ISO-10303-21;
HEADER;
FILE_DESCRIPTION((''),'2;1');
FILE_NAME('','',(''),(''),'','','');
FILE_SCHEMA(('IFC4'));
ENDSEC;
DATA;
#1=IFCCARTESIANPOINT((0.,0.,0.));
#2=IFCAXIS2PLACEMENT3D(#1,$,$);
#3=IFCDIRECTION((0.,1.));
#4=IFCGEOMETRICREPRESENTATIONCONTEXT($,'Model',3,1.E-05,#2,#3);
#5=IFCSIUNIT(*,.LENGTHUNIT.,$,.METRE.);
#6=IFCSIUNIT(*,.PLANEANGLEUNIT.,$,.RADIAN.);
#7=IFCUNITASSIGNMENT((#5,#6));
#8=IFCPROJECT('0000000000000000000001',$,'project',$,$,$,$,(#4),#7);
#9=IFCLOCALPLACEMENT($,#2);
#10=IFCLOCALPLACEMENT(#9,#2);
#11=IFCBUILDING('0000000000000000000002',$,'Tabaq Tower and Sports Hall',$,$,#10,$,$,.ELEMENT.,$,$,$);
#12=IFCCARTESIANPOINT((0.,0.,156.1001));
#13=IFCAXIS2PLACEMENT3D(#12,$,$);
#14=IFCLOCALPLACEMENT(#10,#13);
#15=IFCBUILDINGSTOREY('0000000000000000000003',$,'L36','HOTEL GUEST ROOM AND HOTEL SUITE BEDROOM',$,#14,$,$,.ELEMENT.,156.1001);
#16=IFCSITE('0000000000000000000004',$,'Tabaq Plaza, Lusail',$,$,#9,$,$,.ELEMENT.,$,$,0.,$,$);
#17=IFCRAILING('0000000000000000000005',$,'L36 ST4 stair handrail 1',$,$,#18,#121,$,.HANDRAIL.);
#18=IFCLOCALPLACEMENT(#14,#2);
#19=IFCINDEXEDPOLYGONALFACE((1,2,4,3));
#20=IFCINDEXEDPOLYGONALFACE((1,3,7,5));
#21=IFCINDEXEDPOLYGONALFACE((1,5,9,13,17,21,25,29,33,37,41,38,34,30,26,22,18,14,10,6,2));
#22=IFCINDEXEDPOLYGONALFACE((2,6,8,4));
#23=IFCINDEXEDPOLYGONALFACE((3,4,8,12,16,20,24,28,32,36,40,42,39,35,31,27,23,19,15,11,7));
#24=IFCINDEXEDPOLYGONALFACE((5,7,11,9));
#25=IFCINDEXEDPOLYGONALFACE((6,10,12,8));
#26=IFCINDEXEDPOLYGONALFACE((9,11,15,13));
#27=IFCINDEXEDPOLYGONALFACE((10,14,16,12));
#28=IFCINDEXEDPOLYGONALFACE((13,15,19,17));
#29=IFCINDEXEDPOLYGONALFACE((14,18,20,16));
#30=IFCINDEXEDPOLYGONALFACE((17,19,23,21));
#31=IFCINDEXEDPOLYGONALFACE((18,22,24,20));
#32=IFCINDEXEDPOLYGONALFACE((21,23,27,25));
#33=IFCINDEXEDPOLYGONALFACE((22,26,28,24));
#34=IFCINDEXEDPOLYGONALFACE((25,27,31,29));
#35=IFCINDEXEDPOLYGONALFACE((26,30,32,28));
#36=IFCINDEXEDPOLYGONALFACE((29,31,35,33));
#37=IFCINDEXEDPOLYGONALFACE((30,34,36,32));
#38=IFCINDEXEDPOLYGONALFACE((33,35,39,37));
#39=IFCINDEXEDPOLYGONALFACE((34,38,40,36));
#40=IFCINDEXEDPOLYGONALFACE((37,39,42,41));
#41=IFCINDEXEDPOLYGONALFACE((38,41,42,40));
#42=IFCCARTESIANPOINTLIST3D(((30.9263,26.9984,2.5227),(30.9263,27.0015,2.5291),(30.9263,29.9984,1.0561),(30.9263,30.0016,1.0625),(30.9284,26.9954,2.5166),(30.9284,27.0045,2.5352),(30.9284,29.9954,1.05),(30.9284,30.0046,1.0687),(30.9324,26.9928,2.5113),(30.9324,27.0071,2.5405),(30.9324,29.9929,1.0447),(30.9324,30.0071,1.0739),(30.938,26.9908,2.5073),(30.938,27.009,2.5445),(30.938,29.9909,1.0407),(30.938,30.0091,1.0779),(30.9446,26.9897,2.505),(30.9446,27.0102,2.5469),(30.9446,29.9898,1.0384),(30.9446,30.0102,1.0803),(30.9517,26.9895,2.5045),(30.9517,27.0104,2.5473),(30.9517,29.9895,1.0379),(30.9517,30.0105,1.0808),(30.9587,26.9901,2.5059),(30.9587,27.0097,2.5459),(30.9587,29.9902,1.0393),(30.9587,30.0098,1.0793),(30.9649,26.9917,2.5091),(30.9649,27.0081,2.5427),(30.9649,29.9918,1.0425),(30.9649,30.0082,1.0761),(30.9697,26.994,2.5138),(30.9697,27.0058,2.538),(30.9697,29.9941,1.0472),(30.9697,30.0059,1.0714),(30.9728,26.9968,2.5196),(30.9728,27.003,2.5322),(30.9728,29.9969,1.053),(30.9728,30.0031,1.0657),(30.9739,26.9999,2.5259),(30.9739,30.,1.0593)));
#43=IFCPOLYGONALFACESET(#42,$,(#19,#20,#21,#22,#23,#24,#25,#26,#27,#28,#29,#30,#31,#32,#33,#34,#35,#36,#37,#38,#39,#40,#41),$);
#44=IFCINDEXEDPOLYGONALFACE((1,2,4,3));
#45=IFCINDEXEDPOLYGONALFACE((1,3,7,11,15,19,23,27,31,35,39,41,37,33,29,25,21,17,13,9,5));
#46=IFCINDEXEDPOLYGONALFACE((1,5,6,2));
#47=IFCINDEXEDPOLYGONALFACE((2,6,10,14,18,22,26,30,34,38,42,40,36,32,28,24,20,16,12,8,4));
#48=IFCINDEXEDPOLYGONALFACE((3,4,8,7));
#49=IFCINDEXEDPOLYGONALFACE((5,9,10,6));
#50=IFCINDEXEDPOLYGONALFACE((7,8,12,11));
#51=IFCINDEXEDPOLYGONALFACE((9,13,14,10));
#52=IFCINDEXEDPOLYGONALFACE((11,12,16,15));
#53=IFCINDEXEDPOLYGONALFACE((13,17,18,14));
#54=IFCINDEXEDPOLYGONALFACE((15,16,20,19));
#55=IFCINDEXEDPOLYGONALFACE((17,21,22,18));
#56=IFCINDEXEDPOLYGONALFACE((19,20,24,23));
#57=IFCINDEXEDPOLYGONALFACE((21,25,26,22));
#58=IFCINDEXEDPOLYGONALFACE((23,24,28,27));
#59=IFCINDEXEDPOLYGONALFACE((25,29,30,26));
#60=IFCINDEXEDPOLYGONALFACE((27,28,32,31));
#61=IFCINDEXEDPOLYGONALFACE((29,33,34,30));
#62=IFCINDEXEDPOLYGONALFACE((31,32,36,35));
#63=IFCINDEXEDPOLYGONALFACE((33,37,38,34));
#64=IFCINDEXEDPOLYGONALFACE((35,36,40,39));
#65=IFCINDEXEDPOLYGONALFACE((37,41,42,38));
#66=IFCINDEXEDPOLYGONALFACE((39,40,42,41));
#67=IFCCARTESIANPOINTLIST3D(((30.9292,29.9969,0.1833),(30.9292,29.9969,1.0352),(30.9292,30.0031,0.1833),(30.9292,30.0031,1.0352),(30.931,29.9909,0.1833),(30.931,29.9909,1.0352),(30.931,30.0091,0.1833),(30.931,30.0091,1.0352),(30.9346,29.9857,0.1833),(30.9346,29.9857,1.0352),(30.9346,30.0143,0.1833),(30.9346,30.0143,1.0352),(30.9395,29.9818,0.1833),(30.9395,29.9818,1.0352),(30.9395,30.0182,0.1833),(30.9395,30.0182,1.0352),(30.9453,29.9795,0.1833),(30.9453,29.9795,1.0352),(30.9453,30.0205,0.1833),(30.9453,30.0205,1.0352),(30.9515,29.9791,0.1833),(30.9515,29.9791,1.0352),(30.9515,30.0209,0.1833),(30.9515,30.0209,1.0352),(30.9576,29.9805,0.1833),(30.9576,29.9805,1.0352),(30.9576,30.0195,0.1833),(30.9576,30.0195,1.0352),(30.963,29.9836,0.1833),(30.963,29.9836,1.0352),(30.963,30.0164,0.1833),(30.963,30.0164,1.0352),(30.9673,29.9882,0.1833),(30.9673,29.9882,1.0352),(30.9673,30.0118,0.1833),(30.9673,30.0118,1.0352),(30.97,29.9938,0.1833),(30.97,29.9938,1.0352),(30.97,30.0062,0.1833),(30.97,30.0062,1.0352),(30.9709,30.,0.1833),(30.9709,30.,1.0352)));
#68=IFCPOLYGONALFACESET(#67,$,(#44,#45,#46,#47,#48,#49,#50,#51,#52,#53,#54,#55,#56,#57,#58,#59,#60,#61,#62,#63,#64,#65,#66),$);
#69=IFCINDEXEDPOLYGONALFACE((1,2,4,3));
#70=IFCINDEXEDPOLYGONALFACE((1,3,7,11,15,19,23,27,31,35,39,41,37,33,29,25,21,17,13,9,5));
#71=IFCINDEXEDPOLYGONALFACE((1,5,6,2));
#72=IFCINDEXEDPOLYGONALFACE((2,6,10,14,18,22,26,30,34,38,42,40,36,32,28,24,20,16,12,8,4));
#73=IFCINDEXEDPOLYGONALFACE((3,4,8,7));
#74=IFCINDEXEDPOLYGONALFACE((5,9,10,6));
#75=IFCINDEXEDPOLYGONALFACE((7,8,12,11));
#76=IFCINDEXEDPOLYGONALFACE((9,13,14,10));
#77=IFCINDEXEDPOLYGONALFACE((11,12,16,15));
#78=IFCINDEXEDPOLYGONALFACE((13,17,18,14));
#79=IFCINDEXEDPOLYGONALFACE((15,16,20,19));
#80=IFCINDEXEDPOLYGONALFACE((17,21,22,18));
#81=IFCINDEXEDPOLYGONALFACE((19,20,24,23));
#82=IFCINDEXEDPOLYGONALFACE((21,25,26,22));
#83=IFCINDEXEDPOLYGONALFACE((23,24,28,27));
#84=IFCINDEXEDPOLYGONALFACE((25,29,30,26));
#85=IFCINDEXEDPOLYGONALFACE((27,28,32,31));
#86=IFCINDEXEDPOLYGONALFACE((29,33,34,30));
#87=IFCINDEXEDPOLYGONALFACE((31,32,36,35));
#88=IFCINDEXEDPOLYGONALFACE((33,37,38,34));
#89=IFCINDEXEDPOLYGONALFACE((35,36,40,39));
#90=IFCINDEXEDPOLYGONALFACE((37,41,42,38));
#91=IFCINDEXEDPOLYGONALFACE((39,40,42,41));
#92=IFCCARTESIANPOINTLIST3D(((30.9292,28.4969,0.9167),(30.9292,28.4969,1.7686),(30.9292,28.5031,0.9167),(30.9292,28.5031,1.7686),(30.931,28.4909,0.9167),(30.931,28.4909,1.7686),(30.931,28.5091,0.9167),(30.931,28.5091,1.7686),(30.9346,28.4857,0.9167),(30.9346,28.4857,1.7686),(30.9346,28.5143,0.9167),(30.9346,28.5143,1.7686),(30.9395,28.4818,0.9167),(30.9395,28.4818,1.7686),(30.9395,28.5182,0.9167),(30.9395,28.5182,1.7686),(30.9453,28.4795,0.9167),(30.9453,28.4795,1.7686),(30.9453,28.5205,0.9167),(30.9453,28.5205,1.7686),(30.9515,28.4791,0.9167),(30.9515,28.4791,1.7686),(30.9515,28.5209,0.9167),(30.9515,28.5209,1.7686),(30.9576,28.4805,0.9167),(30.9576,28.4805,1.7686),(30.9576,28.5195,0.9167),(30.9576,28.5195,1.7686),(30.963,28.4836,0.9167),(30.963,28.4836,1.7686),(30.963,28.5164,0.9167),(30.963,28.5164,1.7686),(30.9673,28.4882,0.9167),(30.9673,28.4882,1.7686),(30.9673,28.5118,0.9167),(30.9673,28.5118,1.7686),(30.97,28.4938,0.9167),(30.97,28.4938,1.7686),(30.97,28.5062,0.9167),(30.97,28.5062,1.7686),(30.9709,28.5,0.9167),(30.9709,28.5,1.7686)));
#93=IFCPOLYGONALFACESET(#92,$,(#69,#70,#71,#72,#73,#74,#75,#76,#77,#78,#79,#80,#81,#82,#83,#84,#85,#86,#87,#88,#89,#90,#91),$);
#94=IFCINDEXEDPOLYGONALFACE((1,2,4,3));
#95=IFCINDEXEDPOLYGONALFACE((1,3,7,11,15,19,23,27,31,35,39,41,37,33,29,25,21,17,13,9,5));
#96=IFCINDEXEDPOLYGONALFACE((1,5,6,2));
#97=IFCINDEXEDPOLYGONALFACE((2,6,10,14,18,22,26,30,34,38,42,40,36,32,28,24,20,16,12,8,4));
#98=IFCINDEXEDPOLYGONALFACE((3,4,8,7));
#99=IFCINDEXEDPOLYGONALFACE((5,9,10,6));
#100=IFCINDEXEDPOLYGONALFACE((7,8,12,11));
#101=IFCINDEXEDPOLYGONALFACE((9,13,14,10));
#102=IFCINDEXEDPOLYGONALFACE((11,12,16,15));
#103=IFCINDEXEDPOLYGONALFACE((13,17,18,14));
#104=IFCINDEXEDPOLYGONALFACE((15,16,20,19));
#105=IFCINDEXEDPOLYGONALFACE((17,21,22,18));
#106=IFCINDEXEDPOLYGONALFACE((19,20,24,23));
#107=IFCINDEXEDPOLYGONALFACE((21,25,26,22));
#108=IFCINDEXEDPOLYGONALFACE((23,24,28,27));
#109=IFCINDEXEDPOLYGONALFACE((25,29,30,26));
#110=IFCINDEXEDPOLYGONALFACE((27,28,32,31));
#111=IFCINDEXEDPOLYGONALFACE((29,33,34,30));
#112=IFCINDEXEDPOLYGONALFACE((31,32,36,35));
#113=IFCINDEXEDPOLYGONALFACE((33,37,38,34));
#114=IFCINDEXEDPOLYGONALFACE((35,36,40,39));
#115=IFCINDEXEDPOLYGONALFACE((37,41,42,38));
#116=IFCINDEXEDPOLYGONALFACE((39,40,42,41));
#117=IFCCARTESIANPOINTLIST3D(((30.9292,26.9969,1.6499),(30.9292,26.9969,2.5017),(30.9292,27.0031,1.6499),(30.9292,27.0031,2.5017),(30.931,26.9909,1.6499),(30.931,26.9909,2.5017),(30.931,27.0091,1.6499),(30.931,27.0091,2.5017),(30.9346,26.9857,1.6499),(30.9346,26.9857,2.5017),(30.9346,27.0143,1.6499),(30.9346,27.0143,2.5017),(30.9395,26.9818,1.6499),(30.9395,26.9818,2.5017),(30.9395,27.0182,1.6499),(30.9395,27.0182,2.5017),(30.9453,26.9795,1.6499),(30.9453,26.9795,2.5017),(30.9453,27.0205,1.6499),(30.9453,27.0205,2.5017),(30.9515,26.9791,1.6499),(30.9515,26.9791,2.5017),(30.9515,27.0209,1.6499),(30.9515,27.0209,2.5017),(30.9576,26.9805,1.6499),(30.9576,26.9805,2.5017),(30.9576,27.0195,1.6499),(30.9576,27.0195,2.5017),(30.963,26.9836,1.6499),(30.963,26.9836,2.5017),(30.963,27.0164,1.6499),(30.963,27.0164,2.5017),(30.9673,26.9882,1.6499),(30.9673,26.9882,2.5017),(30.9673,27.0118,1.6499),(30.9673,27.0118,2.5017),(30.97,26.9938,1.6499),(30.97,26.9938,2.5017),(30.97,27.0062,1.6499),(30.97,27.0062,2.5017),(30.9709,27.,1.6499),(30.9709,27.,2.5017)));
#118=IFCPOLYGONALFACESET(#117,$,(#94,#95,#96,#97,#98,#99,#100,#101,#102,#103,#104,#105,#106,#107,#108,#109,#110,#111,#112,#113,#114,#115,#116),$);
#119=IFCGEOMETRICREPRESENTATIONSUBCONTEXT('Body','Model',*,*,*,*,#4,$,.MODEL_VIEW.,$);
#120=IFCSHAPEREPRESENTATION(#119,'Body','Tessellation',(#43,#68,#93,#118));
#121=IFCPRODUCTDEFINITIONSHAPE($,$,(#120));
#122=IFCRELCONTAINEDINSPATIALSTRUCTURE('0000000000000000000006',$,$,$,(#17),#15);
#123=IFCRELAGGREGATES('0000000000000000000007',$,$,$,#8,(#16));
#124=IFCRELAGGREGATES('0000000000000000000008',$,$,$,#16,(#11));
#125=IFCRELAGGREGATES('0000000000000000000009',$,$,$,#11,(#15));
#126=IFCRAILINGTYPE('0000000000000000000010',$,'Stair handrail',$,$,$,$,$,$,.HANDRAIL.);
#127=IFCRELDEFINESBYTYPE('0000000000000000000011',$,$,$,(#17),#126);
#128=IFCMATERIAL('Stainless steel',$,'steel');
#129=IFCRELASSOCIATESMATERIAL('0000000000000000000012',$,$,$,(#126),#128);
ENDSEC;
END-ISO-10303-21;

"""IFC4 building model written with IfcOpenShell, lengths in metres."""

from ifc_helpers import new_model, si_unit, direction, frame, origin, origin_2d, place, context, subcontext, project, spatial, circle, extrude, material, type_object, element, save


model = new_model("IFC4")

# Units and contexts
model_context = context("Model", 3, precision=1e-05, world=origin(), true_north=direction((0.0, 1.0)))
body_context = subcontext(model_context, "Body", "Model", "MODEL_VIEW")
ifc_project = project(units=[si_unit("LENGTHUNIT", "METRE"), si_unit("PLANEANGLEUNIT", "RADIAN")], contexts=[model_context])

# Site, building, storey
site_placement = place(None, origin())
site = spatial("IfcSite", under=ifc_project, at=site_placement, Name="Tabaq Plaza, Lusail", CompositionType="ELEMENT", RefElevation=0.0)
building_placement = place(site_placement, origin())
building = spatial("IfcBuilding", under=site, at=building_placement, Name="Tabaq Tower and Sports Hall", CompositionType="ELEMENT")
storey_placement = place(building_placement, frame((0.0, 0.0, 156.1001)))
storey = spatial("IfcBuildingStorey", under=building, at=storey_placement, Name="L36", Description="HOTEL GUEST ROOM AND HOTEL SUITE BEDROOM", CompositionType="ELEMENT", Elevation=156.1001)

# Railing
ifc_material_1 = material(Name="Stainless steel", Category="steel")
railing_type_1 = type_object("IfcRailingType", Name="Stair handrail", PredefinedType="HANDRAIL", material=ifc_material_1)
railing_1_placement = place(storey_placement, frame((30.95, 30.0, 0.1833)))
element("IfcRailing", 1, at=railing_1_placement, inside=storey, type_object=railing_type_1, Name="L36 ST4 stair handrail 1", PredefinedType="HANDRAIL", context=body_context, shape_type="SweptSolid", body=[
    extrude(circle(Radius=0.0239, at=origin_2d()), frame((0.0, 0.0, 0.876), z_axis=(0.0, -0.898398, 0.439183), x_axis=(1.0, 0.0, 0.0)), (0.0, 0.0, 1.0), 3.3394),
    extrude(circle(Radius=0.021, at=origin_2d()), origin(), (0.0, 0.0, 1.0), 0.8518),
    extrude(circle(Radius=0.021, at=origin_2d()), frame((0.0, -1.5, 0.7334)), (0.0, 0.0, 1.0), 0.8518),
    extrude(circle(Radius=0.021, at=origin_2d()), frame((0.0, -3.0, 1.4666)), (0.0, 0.0, 1.0), 0.8518),
])

save(model, "model.ifc")
